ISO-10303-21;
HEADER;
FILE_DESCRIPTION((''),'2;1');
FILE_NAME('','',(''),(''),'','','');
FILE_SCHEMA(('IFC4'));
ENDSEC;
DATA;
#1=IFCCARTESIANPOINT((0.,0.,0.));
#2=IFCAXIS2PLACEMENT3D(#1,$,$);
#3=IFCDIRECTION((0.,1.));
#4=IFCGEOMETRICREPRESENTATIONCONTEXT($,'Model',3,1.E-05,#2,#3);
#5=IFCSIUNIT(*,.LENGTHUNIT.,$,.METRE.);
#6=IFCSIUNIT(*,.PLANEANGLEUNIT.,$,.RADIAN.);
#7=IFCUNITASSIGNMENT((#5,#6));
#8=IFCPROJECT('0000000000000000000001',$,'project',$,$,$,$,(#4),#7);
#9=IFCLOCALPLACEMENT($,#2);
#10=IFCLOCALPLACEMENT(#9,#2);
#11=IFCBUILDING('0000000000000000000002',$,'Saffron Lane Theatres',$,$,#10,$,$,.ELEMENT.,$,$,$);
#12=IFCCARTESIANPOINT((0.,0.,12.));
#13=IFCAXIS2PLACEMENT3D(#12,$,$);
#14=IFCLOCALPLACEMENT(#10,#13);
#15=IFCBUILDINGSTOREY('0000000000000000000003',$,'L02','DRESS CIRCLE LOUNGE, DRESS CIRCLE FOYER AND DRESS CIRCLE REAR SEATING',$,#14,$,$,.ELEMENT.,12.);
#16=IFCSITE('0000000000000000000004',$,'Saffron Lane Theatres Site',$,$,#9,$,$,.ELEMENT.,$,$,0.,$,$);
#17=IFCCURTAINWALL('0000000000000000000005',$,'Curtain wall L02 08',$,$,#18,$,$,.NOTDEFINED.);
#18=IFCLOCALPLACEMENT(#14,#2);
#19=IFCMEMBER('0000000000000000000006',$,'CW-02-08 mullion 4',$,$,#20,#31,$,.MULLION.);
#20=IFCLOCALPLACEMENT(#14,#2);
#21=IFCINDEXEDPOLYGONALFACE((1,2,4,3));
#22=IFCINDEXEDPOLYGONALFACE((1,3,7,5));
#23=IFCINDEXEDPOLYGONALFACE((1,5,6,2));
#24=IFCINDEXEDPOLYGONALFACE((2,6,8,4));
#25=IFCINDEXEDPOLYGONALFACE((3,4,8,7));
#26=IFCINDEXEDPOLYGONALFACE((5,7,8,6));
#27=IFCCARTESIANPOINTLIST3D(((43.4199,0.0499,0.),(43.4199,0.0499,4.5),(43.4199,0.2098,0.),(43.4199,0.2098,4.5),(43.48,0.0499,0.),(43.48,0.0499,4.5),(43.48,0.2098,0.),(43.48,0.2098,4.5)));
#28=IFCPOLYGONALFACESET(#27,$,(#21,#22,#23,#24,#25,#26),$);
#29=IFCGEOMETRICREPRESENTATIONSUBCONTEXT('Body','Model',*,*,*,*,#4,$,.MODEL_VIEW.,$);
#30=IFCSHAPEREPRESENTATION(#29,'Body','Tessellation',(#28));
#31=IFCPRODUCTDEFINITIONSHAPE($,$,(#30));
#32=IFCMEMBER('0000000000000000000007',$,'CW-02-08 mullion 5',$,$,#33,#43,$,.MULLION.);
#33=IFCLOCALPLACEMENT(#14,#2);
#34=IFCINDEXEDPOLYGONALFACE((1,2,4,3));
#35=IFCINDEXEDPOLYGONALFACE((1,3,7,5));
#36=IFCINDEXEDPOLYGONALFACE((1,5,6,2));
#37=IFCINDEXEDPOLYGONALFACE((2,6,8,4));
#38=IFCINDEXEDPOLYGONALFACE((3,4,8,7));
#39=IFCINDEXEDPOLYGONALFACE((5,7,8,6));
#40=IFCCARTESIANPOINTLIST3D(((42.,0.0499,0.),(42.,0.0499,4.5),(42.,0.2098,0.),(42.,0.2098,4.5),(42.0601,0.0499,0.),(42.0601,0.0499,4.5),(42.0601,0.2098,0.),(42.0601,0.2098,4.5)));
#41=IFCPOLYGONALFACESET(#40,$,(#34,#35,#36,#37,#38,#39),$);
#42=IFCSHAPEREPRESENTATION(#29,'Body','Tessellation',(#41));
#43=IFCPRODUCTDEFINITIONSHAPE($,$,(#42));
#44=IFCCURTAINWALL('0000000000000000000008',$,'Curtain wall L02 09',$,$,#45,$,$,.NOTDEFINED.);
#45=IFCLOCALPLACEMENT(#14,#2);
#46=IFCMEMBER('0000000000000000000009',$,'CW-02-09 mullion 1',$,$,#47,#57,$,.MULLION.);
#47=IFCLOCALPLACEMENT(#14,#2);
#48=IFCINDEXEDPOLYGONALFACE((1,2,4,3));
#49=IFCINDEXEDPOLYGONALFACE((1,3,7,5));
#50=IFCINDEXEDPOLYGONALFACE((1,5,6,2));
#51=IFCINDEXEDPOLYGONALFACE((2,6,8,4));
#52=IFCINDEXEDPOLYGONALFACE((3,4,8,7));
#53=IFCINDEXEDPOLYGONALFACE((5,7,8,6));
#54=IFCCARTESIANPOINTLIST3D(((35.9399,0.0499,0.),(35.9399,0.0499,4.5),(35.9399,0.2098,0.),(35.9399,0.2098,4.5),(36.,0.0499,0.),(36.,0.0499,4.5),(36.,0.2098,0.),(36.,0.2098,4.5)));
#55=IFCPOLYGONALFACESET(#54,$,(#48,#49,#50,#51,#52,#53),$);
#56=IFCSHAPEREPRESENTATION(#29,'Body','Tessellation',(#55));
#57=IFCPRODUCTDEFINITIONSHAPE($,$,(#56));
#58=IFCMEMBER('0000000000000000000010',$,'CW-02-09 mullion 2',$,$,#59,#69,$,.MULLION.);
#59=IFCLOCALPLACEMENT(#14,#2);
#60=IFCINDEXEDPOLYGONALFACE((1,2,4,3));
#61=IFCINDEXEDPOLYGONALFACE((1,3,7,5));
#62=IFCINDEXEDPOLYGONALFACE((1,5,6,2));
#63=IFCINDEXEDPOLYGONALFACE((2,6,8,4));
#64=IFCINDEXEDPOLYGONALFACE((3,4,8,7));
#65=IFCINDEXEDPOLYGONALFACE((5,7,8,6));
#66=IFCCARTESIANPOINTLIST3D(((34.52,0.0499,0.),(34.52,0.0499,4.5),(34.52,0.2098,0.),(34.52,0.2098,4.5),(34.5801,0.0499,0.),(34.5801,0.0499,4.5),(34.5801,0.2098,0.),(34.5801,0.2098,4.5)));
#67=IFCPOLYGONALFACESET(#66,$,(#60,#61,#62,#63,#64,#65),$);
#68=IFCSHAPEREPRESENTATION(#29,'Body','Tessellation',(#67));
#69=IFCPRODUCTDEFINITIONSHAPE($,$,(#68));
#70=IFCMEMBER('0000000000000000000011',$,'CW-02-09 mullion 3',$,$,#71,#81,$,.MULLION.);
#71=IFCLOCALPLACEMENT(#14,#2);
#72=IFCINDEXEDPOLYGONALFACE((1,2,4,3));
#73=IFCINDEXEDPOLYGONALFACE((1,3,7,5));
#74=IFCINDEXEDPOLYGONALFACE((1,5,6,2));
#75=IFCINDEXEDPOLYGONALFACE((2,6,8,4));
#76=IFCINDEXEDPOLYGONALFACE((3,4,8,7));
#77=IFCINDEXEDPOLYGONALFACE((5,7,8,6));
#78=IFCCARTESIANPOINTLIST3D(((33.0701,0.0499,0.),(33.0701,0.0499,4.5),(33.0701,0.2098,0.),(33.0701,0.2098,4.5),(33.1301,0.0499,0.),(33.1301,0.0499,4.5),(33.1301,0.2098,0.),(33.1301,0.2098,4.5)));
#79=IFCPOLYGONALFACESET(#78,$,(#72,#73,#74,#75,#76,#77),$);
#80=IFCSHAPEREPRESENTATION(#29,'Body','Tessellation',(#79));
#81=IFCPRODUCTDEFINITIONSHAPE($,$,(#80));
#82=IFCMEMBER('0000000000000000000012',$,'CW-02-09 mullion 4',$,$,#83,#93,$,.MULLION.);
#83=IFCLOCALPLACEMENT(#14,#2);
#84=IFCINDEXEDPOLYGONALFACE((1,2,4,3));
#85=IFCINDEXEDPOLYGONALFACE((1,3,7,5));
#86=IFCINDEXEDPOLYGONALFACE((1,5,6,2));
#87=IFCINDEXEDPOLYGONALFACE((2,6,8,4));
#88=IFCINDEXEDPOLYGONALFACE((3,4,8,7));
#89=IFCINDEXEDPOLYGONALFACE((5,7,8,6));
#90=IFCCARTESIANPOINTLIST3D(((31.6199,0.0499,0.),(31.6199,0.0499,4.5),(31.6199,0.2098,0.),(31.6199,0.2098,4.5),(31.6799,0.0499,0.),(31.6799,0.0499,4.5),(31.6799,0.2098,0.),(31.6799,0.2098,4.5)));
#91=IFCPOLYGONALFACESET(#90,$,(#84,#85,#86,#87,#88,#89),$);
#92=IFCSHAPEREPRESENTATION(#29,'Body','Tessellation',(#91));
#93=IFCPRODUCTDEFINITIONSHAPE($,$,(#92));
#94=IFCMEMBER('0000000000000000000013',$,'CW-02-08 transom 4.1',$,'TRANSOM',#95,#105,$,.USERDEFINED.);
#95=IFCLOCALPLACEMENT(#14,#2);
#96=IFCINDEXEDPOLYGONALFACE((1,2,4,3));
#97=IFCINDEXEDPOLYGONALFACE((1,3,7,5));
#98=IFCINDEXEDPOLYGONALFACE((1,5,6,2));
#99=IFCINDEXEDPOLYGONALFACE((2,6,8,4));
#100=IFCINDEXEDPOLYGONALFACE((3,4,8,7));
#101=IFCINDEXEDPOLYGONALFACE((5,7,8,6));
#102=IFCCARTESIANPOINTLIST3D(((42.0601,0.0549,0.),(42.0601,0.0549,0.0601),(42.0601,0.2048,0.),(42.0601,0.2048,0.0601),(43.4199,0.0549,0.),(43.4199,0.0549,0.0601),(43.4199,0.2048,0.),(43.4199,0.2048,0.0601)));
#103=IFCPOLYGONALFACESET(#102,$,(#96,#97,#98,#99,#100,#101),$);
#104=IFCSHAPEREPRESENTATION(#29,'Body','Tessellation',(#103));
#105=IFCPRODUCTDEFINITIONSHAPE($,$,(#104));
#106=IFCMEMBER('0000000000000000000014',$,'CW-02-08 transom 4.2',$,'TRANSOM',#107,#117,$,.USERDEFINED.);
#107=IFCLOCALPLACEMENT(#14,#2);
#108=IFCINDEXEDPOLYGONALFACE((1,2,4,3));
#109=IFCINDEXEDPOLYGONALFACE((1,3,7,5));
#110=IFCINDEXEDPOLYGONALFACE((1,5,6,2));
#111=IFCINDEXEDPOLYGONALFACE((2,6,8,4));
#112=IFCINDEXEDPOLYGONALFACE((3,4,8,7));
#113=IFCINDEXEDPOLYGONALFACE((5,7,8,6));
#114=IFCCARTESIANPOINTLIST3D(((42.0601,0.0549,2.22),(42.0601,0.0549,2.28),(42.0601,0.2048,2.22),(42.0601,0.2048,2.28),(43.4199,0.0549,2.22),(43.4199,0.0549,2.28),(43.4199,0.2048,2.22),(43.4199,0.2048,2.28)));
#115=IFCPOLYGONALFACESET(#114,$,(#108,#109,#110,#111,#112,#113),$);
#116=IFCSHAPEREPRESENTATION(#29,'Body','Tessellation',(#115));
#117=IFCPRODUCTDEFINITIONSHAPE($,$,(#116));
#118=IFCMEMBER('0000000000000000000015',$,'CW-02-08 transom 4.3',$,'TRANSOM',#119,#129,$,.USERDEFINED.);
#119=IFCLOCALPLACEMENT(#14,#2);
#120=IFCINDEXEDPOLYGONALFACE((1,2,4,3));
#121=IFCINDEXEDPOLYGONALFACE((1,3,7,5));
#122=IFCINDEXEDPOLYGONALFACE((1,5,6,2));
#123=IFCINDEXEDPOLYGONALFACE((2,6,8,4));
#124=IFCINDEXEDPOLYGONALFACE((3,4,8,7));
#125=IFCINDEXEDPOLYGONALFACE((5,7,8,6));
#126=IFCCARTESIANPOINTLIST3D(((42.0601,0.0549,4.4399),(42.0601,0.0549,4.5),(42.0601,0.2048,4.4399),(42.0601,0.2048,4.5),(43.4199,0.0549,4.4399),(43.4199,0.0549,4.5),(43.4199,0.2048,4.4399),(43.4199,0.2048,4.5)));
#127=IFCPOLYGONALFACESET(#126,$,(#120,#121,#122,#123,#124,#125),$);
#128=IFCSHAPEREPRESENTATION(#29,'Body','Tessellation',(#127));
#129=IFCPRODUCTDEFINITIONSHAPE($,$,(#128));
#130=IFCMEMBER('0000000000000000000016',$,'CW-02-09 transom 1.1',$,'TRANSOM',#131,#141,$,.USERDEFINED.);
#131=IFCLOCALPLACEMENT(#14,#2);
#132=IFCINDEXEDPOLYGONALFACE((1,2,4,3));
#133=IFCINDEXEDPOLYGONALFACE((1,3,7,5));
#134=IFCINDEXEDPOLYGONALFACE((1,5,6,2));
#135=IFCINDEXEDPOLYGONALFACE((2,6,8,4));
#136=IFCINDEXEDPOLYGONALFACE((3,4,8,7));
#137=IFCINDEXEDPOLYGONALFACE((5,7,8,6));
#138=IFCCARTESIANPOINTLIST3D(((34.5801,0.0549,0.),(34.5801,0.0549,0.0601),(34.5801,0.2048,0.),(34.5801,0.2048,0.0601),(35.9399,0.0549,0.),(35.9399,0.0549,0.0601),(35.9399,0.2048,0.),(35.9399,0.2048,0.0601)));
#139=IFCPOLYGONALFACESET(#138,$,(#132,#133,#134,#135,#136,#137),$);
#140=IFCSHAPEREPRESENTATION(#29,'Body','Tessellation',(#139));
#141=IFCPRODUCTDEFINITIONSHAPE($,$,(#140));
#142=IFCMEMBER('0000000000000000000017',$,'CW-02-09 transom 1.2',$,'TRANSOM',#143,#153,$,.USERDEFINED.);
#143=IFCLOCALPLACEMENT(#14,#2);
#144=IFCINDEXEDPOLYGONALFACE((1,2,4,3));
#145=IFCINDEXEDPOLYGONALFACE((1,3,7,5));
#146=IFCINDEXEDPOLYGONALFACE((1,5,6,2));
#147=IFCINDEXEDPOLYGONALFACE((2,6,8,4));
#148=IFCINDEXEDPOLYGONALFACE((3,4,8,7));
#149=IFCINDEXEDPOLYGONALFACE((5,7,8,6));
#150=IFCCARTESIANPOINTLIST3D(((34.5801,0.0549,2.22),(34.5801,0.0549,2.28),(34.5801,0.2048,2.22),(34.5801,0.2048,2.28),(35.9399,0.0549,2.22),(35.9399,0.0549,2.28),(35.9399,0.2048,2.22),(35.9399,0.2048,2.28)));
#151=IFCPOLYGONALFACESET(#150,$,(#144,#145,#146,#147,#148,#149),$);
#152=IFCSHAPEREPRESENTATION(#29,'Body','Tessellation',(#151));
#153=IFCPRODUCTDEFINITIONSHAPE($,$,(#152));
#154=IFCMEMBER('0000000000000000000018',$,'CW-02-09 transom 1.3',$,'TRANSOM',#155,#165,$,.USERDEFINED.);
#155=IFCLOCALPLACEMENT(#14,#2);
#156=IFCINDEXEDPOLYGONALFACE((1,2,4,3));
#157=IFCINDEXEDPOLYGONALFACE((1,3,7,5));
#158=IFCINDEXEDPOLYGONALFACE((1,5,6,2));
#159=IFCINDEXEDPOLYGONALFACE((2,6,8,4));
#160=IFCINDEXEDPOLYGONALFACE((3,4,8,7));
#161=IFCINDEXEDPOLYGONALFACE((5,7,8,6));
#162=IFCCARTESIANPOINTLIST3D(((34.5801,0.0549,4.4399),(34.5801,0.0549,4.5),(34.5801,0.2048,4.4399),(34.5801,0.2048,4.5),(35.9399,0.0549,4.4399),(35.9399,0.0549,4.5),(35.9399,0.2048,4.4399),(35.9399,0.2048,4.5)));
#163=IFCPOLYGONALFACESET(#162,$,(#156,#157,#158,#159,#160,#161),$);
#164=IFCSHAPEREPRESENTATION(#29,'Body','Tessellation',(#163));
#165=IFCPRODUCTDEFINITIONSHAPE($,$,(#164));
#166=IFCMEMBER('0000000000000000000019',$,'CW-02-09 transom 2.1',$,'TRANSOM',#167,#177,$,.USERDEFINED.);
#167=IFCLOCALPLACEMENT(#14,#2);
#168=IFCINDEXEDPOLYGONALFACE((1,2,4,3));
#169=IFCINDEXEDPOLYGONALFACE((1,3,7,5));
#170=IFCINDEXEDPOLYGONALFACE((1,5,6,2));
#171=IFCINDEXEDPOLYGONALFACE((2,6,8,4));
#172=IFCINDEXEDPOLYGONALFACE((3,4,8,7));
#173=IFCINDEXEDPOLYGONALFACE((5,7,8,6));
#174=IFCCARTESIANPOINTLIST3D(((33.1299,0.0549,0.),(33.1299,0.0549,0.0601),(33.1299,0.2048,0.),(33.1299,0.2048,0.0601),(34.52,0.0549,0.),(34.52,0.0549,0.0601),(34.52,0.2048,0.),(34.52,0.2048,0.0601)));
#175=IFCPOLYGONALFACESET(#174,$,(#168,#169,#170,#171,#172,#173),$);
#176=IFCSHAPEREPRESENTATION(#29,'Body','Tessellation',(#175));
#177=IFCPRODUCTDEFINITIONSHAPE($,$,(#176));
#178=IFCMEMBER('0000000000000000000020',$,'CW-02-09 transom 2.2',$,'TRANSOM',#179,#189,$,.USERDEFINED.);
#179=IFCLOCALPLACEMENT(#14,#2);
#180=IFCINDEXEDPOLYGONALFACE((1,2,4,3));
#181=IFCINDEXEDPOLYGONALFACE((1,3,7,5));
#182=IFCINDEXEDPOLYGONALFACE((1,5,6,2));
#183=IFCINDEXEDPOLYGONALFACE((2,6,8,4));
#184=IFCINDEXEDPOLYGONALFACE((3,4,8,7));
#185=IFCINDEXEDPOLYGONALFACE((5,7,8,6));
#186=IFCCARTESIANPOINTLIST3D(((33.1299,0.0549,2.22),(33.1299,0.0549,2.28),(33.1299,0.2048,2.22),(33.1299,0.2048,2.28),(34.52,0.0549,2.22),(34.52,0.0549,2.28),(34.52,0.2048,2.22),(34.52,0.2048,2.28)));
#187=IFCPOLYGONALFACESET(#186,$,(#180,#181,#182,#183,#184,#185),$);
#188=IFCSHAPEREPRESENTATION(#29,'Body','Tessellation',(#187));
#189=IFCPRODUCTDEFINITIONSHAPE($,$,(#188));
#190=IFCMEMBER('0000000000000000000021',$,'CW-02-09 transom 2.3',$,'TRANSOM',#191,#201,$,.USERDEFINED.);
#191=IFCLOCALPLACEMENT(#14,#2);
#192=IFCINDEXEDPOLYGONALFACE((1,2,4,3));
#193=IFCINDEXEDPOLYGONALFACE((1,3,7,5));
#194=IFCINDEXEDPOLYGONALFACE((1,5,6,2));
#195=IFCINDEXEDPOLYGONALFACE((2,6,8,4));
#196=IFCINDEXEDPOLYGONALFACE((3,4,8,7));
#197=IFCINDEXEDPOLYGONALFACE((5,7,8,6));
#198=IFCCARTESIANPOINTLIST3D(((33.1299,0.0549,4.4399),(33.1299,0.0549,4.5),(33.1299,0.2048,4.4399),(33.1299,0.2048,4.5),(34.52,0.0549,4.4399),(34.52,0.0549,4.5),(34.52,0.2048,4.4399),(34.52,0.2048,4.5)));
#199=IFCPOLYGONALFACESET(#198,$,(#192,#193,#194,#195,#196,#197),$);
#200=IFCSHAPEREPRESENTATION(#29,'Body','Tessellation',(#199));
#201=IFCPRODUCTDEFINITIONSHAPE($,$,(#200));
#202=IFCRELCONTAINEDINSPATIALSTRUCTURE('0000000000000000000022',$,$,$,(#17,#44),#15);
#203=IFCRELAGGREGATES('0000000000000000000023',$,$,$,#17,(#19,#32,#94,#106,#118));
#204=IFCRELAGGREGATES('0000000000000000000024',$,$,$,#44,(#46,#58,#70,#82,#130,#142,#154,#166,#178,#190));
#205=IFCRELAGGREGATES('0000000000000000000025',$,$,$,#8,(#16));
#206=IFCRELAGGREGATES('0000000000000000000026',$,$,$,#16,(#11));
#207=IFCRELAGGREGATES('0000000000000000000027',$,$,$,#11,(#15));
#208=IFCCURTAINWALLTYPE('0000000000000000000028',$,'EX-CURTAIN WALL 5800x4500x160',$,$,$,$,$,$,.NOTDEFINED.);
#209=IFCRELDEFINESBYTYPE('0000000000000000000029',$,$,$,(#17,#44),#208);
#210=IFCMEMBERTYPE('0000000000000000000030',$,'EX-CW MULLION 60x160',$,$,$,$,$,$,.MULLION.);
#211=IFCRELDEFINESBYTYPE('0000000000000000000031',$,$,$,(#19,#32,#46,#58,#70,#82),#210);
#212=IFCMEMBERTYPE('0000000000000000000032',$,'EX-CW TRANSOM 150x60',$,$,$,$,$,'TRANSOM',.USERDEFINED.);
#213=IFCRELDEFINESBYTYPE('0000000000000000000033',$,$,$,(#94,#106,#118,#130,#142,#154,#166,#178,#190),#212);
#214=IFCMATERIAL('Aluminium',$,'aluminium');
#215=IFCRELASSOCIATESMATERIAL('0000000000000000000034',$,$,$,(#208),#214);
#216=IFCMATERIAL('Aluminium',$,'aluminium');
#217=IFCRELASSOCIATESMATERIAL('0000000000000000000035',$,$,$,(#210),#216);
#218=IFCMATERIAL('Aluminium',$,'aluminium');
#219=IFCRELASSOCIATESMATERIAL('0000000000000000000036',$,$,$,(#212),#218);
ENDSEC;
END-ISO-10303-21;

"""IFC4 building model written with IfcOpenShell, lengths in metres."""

from ifc_helpers import new_model, si_unit, direction, frame, origin, origin_2d, place, context, subcontext, project, spatial, rectangle, extrude, material, material_profile, profile_set, type_object, element, aggregate, save


model = new_model("IFC4")

# Units and contexts
model_context = context("Model", 3, precision=1e-05, world=origin(), true_north=direction((0.0, 1.0)))
body_context = subcontext(model_context, "Body", "Model", "MODEL_VIEW")
ifc_project = project(units=[si_unit("LENGTHUNIT", "METRE"), si_unit("PLANEANGLEUNIT", "RADIAN")], contexts=[model_context])

# Site, building, storey
site_placement = place(None, origin())
site = spatial("IfcSite", under=ifc_project, at=site_placement, Name="Saffron Lane Theatres Site", CompositionType="ELEMENT", RefElevation=0.0)
building_placement = place(site_placement, origin())
building = spatial("IfcBuilding", under=site, at=building_placement, Name="Saffron Lane Theatres", CompositionType="ELEMENT")
storey_placement = place(building_placement, frame((0.0, 0.0, 12.0)))
storey = spatial("IfcBuildingStorey", under=building, at=storey_placement, Name="L02", Description="DRESS CIRCLE LOUNGE, DRESS CIRCLE FOYER AND DRESS CIRCLE REAR SEATING", CompositionType="ELEMENT", Elevation=12.0)

# Curtain walls, members
ifc_material_1 = material(Name="Aluminium", Category="aluminium")
curtain_wall_type = type_object("IfcCurtainWallType", Name="EX-CURTAIN WALL 5800x4500x160", PredefinedType="NOTDEFINED", material=ifc_material_1)
curtain_wall_1_placement = place(storey_placement, origin())
curtain_wall_1 = element("IfcCurtainWall", 1, at=curtain_wall_1_placement, inside=storey, type_object=curtain_wall_type, Name="Curtain wall L02 08", PredefinedType="NOTDEFINED")
ifc_material_2 = material(Name="Aluminium", Category="aluminium")
ifc_material_profile_1 = material_profile(ifc_material_2, rectangle(XDim=0.0601, YDim=0.1599, at=origin_2d()))
ifc_profile_set_1 = profile_set([ifc_material_profile_1], Name="Aluminium")
member_type_1 = type_object("IfcMemberType", Name="EX-CW MULLION 60x160", PredefinedType="MULLION", material=ifc_profile_set_1)
member_1_placement = place(storey_placement, frame((43.45, 0.1299, 0.0), z_axis=(0.0, 0.0, 1.0), x_axis=(-1.0, 0.0, 0.0)))
member_1 = element("IfcMember", 2, at=member_1_placement, type_object=member_type_1, Name="CW-02-08 mullion 4", PredefinedType="MULLION", context=body_context, shape_type="SweptSolid", body=[
    extrude(rectangle(XDim=0.0601, YDim=0.1599, at=origin_2d()), origin(), (0.0, 0.0, 1.0), 4.5),
])
member_2_placement = place(storey_placement, frame((42.03, 0.1299, 0.0), z_axis=(0.0, 0.0, 1.0), x_axis=(-1.0, 0.0, 0.0)))
member_2 = element("IfcMember", 3, at=member_2_placement, type_object=member_type_1, Name="CW-02-08 mullion 5", PredefinedType="MULLION", context=body_context, shape_type="SweptSolid", body=[
    extrude(rectangle(XDim=0.0601, YDim=0.1599, at=origin_2d()), origin(), (0.0, 0.0, 1.0), 4.5),
])
curtain_wall_2_placement = place(storey_placement, origin())
curtain_wall_2 = element("IfcCurtainWall", 4, at=curtain_wall_2_placement, inside=storey, type_object=curtain_wall_type, Name="Curtain wall L02 09", PredefinedType="NOTDEFINED")
member_3_placement = place(storey_placement, frame((35.97, 0.1299, 0.0), z_axis=(0.0, 0.0, 1.0), x_axis=(-1.0, 0.0, 0.0)))
member_3 = element("IfcMember", 5, at=member_3_placement, type_object=member_type_1, Name="CW-02-09 mullion 1", PredefinedType="MULLION", context=body_context, shape_type="SweptSolid", body=[
    extrude(rectangle(XDim=0.0601, YDim=0.1599, at=origin_2d()), origin(), (0.0, 0.0, 1.0), 4.5),
])
member_4_placement = place(storey_placement, frame((34.55, 0.1299, 0.0), z_axis=(0.0, 0.0, 1.0), x_axis=(-1.0, 0.0, 0.0)))
member_4 = element("IfcMember", 6, at=member_4_placement, type_object=member_type_1, Name="CW-02-09 mullion 2", PredefinedType="MULLION", context=body_context, shape_type="SweptSolid", body=[
    extrude(rectangle(XDim=0.0601, YDim=0.1599, at=origin_2d()), origin(), (0.0, 0.0, 1.0), 4.5),
])
member_5_placement = place(storey_placement, frame((33.1001, 0.1299, 0.0), z_axis=(0.0, 0.0, 1.0), x_axis=(-1.0, 0.0, 0.0)))
member_5 = element("IfcMember", 7, at=member_5_placement, type_object=member_type_1, Name="CW-02-09 mullion 3", PredefinedType="MULLION", context=body_context, shape_type="SweptSolid", body=[
    extrude(rectangle(XDim=0.0601, YDim=0.1599, at=origin_2d()), origin(), (0.0, 0.0, 1.0), 4.5),
])
member_6_placement = place(storey_placement, frame((31.6499, 0.1299, 0.0), z_axis=(0.0, 0.0, 1.0), x_axis=(-1.0, 0.0, 0.0)))
member_6 = element("IfcMember", 8, at=member_6_placement, type_object=member_type_1, Name="CW-02-09 mullion 4", PredefinedType="MULLION", context=body_context, shape_type="SweptSolid", body=[
    extrude(rectangle(XDim=0.0601, YDim=0.1599, at=origin_2d()), origin(), (0.0, 0.0, 1.0), 4.5),
])

# Members
ifc_material_3 = material(Name="Aluminium", Category="aluminium")
ifc_material_profile_2 = material_profile(ifc_material_3, rectangle(XDim=0.1499, YDim=0.0601, at=origin_2d()))
ifc_profile_set_2 = profile_set([ifc_material_profile_2], Name="Aluminium")
member_type_2 = type_object("IfcMemberType", Name="EX-CW TRANSOM 150x60", ElementType="TRANSOM", PredefinedType="USERDEFINED", material=ifc_profile_set_2)
member_7_placement = place(storey_placement, frame((43.4199, 0.1299, 0.03), z_axis=(-1.0, 0.0, 0.0), x_axis=(0.0, -1.0, 0.0)))
member_7 = element("IfcMember", 9, at=member_7_placement, type_object=member_type_2, Name="CW-02-08 transom 4.1", ObjectType="TRANSOM", PredefinedType="USERDEFINED", context=body_context, shape_type="SweptSolid", body=[
    extrude(rectangle(XDim=0.1499, YDim=0.0601, at=origin_2d()), origin(), (0.0, 0.0, 1.0), 1.3599),
])
member_8_placement = place(storey_placement, frame((43.4199, 0.1299, 2.25), z_axis=(-1.0, 0.0, 0.0), x_axis=(0.0, -1.0, 0.0)))
member_8 = element("IfcMember", 10, at=member_8_placement, type_object=member_type_2, Name="CW-02-08 transom 4.2", ObjectType="TRANSOM", PredefinedType="USERDEFINED", context=body_context, shape_type="SweptSolid", body=[
    extrude(rectangle(XDim=0.1499, YDim=0.0601, at=origin_2d()), origin(), (0.0, 0.0, 1.0), 1.3599),
])
member_9_placement = place(storey_placement, frame((43.4199, 0.1299, 4.47), z_axis=(-1.0, 0.0, 0.0), x_axis=(0.0, -1.0, 0.0)))
member_9 = element("IfcMember", 11, at=member_9_placement, type_object=member_type_2, Name="CW-02-08 transom 4.3", ObjectType="TRANSOM", PredefinedType="USERDEFINED", context=body_context, shape_type="SweptSolid", body=[
    extrude(rectangle(XDim=0.1499, YDim=0.0601, at=origin_2d()), origin(), (0.0, 0.0, 1.0), 1.3599),
])
member_10_placement = place(storey_placement, frame((35.9399, 0.1299, 0.03), z_axis=(-1.0, 0.0, 0.0), x_axis=(0.0, -1.0, 0.0)))
member_10 = element("IfcMember", 12, at=member_10_placement, type_object=member_type_2, Name="CW-02-09 transom 1.1", ObjectType="TRANSOM", PredefinedType="USERDEFINED", context=body_context, shape_type="SweptSolid", body=[
    extrude(rectangle(XDim=0.1499, YDim=0.0601, at=origin_2d()), origin(), (0.0, 0.0, 1.0), 1.3599),
])
member_11_placement = place(storey_placement, frame((35.9399, 0.1299, 2.25), z_axis=(-1.0, 0.0, 0.0), x_axis=(0.0, -1.0, 0.0)))
member_11 = element("IfcMember", 13, at=member_11_placement, type_object=member_type_2, Name="CW-02-09 transom 1.2", ObjectType="TRANSOM", PredefinedType="USERDEFINED", context=body_context, shape_type="SweptSolid", body=[
    extrude(rectangle(XDim=0.1499, YDim=0.0601, at=origin_2d()), origin(), (0.0, 0.0, 1.0), 1.3599),
])
member_12_placement = place(storey_placement, frame((35.9399, 0.1299, 4.47), z_axis=(-1.0, 0.0, 0.0), x_axis=(0.0, -1.0, 0.0)))
member_12 = element("IfcMember", 14, at=member_12_placement, type_object=member_type_2, Name="CW-02-09 transom 1.3", ObjectType="TRANSOM", PredefinedType="USERDEFINED", context=body_context, shape_type="SweptSolid", body=[
    extrude(rectangle(XDim=0.1499, YDim=0.0601, at=origin_2d()), origin(), (0.0, 0.0, 1.0), 1.3599),
])
member_13_placement = place(storey_placement, frame((34.52, 0.1299, 0.03), z_axis=(-1.0, 0.0, 0.0), x_axis=(0.0, -1.0, 0.0)))
member_13 = element("IfcMember", 15, at=member_13_placement, type_object=member_type_2, Name="CW-02-09 transom 2.1", ObjectType="TRANSOM", PredefinedType="USERDEFINED", context=body_context, shape_type="SweptSolid", body=[
    extrude(rectangle(XDim=0.1499, YDim=0.0601, at=origin_2d()), origin(), (0.0, 0.0, 1.0), 1.3901),
])
member_14_placement = place(storey_placement, frame((34.52, 0.1299, 2.25), z_axis=(-1.0, 0.0, 0.0), x_axis=(0.0, -1.0, 0.0)))
member_14 = element("IfcMember", 16, at=member_14_placement, type_object=member_type_2, Name="CW-02-09 transom 2.2", ObjectType="TRANSOM", PredefinedType="USERDEFINED", context=body_context, shape_type="SweptSolid", body=[
    extrude(rectangle(XDim=0.1499, YDim=0.0601, at=origin_2d()), origin(), (0.0, 0.0, 1.0), 1.3901),
])
member_15_placement = place(storey_placement, frame((34.52, 0.1299, 4.47), z_axis=(-1.0, 0.0, 0.0), x_axis=(0.0, -1.0, 0.0)))
member_15 = element("IfcMember", 17, at=member_15_placement, type_object=member_type_2, Name="CW-02-09 transom 2.3", ObjectType="TRANSOM", PredefinedType="USERDEFINED", context=body_context, shape_type="SweptSolid", body=[
    extrude(rectangle(XDim=0.1499, YDim=0.0601, at=origin_2d()), origin(), (0.0, 0.0, 1.0), 1.3901),
])

aggregate(curtain_wall_1, [member_1, member_2, member_7, member_8, member_9])
aggregate(curtain_wall_2, [member_3, member_4, member_5, member_6, member_10, member_11, member_12, member_13, member_14, member_15])

save(model, "model.ifc")
